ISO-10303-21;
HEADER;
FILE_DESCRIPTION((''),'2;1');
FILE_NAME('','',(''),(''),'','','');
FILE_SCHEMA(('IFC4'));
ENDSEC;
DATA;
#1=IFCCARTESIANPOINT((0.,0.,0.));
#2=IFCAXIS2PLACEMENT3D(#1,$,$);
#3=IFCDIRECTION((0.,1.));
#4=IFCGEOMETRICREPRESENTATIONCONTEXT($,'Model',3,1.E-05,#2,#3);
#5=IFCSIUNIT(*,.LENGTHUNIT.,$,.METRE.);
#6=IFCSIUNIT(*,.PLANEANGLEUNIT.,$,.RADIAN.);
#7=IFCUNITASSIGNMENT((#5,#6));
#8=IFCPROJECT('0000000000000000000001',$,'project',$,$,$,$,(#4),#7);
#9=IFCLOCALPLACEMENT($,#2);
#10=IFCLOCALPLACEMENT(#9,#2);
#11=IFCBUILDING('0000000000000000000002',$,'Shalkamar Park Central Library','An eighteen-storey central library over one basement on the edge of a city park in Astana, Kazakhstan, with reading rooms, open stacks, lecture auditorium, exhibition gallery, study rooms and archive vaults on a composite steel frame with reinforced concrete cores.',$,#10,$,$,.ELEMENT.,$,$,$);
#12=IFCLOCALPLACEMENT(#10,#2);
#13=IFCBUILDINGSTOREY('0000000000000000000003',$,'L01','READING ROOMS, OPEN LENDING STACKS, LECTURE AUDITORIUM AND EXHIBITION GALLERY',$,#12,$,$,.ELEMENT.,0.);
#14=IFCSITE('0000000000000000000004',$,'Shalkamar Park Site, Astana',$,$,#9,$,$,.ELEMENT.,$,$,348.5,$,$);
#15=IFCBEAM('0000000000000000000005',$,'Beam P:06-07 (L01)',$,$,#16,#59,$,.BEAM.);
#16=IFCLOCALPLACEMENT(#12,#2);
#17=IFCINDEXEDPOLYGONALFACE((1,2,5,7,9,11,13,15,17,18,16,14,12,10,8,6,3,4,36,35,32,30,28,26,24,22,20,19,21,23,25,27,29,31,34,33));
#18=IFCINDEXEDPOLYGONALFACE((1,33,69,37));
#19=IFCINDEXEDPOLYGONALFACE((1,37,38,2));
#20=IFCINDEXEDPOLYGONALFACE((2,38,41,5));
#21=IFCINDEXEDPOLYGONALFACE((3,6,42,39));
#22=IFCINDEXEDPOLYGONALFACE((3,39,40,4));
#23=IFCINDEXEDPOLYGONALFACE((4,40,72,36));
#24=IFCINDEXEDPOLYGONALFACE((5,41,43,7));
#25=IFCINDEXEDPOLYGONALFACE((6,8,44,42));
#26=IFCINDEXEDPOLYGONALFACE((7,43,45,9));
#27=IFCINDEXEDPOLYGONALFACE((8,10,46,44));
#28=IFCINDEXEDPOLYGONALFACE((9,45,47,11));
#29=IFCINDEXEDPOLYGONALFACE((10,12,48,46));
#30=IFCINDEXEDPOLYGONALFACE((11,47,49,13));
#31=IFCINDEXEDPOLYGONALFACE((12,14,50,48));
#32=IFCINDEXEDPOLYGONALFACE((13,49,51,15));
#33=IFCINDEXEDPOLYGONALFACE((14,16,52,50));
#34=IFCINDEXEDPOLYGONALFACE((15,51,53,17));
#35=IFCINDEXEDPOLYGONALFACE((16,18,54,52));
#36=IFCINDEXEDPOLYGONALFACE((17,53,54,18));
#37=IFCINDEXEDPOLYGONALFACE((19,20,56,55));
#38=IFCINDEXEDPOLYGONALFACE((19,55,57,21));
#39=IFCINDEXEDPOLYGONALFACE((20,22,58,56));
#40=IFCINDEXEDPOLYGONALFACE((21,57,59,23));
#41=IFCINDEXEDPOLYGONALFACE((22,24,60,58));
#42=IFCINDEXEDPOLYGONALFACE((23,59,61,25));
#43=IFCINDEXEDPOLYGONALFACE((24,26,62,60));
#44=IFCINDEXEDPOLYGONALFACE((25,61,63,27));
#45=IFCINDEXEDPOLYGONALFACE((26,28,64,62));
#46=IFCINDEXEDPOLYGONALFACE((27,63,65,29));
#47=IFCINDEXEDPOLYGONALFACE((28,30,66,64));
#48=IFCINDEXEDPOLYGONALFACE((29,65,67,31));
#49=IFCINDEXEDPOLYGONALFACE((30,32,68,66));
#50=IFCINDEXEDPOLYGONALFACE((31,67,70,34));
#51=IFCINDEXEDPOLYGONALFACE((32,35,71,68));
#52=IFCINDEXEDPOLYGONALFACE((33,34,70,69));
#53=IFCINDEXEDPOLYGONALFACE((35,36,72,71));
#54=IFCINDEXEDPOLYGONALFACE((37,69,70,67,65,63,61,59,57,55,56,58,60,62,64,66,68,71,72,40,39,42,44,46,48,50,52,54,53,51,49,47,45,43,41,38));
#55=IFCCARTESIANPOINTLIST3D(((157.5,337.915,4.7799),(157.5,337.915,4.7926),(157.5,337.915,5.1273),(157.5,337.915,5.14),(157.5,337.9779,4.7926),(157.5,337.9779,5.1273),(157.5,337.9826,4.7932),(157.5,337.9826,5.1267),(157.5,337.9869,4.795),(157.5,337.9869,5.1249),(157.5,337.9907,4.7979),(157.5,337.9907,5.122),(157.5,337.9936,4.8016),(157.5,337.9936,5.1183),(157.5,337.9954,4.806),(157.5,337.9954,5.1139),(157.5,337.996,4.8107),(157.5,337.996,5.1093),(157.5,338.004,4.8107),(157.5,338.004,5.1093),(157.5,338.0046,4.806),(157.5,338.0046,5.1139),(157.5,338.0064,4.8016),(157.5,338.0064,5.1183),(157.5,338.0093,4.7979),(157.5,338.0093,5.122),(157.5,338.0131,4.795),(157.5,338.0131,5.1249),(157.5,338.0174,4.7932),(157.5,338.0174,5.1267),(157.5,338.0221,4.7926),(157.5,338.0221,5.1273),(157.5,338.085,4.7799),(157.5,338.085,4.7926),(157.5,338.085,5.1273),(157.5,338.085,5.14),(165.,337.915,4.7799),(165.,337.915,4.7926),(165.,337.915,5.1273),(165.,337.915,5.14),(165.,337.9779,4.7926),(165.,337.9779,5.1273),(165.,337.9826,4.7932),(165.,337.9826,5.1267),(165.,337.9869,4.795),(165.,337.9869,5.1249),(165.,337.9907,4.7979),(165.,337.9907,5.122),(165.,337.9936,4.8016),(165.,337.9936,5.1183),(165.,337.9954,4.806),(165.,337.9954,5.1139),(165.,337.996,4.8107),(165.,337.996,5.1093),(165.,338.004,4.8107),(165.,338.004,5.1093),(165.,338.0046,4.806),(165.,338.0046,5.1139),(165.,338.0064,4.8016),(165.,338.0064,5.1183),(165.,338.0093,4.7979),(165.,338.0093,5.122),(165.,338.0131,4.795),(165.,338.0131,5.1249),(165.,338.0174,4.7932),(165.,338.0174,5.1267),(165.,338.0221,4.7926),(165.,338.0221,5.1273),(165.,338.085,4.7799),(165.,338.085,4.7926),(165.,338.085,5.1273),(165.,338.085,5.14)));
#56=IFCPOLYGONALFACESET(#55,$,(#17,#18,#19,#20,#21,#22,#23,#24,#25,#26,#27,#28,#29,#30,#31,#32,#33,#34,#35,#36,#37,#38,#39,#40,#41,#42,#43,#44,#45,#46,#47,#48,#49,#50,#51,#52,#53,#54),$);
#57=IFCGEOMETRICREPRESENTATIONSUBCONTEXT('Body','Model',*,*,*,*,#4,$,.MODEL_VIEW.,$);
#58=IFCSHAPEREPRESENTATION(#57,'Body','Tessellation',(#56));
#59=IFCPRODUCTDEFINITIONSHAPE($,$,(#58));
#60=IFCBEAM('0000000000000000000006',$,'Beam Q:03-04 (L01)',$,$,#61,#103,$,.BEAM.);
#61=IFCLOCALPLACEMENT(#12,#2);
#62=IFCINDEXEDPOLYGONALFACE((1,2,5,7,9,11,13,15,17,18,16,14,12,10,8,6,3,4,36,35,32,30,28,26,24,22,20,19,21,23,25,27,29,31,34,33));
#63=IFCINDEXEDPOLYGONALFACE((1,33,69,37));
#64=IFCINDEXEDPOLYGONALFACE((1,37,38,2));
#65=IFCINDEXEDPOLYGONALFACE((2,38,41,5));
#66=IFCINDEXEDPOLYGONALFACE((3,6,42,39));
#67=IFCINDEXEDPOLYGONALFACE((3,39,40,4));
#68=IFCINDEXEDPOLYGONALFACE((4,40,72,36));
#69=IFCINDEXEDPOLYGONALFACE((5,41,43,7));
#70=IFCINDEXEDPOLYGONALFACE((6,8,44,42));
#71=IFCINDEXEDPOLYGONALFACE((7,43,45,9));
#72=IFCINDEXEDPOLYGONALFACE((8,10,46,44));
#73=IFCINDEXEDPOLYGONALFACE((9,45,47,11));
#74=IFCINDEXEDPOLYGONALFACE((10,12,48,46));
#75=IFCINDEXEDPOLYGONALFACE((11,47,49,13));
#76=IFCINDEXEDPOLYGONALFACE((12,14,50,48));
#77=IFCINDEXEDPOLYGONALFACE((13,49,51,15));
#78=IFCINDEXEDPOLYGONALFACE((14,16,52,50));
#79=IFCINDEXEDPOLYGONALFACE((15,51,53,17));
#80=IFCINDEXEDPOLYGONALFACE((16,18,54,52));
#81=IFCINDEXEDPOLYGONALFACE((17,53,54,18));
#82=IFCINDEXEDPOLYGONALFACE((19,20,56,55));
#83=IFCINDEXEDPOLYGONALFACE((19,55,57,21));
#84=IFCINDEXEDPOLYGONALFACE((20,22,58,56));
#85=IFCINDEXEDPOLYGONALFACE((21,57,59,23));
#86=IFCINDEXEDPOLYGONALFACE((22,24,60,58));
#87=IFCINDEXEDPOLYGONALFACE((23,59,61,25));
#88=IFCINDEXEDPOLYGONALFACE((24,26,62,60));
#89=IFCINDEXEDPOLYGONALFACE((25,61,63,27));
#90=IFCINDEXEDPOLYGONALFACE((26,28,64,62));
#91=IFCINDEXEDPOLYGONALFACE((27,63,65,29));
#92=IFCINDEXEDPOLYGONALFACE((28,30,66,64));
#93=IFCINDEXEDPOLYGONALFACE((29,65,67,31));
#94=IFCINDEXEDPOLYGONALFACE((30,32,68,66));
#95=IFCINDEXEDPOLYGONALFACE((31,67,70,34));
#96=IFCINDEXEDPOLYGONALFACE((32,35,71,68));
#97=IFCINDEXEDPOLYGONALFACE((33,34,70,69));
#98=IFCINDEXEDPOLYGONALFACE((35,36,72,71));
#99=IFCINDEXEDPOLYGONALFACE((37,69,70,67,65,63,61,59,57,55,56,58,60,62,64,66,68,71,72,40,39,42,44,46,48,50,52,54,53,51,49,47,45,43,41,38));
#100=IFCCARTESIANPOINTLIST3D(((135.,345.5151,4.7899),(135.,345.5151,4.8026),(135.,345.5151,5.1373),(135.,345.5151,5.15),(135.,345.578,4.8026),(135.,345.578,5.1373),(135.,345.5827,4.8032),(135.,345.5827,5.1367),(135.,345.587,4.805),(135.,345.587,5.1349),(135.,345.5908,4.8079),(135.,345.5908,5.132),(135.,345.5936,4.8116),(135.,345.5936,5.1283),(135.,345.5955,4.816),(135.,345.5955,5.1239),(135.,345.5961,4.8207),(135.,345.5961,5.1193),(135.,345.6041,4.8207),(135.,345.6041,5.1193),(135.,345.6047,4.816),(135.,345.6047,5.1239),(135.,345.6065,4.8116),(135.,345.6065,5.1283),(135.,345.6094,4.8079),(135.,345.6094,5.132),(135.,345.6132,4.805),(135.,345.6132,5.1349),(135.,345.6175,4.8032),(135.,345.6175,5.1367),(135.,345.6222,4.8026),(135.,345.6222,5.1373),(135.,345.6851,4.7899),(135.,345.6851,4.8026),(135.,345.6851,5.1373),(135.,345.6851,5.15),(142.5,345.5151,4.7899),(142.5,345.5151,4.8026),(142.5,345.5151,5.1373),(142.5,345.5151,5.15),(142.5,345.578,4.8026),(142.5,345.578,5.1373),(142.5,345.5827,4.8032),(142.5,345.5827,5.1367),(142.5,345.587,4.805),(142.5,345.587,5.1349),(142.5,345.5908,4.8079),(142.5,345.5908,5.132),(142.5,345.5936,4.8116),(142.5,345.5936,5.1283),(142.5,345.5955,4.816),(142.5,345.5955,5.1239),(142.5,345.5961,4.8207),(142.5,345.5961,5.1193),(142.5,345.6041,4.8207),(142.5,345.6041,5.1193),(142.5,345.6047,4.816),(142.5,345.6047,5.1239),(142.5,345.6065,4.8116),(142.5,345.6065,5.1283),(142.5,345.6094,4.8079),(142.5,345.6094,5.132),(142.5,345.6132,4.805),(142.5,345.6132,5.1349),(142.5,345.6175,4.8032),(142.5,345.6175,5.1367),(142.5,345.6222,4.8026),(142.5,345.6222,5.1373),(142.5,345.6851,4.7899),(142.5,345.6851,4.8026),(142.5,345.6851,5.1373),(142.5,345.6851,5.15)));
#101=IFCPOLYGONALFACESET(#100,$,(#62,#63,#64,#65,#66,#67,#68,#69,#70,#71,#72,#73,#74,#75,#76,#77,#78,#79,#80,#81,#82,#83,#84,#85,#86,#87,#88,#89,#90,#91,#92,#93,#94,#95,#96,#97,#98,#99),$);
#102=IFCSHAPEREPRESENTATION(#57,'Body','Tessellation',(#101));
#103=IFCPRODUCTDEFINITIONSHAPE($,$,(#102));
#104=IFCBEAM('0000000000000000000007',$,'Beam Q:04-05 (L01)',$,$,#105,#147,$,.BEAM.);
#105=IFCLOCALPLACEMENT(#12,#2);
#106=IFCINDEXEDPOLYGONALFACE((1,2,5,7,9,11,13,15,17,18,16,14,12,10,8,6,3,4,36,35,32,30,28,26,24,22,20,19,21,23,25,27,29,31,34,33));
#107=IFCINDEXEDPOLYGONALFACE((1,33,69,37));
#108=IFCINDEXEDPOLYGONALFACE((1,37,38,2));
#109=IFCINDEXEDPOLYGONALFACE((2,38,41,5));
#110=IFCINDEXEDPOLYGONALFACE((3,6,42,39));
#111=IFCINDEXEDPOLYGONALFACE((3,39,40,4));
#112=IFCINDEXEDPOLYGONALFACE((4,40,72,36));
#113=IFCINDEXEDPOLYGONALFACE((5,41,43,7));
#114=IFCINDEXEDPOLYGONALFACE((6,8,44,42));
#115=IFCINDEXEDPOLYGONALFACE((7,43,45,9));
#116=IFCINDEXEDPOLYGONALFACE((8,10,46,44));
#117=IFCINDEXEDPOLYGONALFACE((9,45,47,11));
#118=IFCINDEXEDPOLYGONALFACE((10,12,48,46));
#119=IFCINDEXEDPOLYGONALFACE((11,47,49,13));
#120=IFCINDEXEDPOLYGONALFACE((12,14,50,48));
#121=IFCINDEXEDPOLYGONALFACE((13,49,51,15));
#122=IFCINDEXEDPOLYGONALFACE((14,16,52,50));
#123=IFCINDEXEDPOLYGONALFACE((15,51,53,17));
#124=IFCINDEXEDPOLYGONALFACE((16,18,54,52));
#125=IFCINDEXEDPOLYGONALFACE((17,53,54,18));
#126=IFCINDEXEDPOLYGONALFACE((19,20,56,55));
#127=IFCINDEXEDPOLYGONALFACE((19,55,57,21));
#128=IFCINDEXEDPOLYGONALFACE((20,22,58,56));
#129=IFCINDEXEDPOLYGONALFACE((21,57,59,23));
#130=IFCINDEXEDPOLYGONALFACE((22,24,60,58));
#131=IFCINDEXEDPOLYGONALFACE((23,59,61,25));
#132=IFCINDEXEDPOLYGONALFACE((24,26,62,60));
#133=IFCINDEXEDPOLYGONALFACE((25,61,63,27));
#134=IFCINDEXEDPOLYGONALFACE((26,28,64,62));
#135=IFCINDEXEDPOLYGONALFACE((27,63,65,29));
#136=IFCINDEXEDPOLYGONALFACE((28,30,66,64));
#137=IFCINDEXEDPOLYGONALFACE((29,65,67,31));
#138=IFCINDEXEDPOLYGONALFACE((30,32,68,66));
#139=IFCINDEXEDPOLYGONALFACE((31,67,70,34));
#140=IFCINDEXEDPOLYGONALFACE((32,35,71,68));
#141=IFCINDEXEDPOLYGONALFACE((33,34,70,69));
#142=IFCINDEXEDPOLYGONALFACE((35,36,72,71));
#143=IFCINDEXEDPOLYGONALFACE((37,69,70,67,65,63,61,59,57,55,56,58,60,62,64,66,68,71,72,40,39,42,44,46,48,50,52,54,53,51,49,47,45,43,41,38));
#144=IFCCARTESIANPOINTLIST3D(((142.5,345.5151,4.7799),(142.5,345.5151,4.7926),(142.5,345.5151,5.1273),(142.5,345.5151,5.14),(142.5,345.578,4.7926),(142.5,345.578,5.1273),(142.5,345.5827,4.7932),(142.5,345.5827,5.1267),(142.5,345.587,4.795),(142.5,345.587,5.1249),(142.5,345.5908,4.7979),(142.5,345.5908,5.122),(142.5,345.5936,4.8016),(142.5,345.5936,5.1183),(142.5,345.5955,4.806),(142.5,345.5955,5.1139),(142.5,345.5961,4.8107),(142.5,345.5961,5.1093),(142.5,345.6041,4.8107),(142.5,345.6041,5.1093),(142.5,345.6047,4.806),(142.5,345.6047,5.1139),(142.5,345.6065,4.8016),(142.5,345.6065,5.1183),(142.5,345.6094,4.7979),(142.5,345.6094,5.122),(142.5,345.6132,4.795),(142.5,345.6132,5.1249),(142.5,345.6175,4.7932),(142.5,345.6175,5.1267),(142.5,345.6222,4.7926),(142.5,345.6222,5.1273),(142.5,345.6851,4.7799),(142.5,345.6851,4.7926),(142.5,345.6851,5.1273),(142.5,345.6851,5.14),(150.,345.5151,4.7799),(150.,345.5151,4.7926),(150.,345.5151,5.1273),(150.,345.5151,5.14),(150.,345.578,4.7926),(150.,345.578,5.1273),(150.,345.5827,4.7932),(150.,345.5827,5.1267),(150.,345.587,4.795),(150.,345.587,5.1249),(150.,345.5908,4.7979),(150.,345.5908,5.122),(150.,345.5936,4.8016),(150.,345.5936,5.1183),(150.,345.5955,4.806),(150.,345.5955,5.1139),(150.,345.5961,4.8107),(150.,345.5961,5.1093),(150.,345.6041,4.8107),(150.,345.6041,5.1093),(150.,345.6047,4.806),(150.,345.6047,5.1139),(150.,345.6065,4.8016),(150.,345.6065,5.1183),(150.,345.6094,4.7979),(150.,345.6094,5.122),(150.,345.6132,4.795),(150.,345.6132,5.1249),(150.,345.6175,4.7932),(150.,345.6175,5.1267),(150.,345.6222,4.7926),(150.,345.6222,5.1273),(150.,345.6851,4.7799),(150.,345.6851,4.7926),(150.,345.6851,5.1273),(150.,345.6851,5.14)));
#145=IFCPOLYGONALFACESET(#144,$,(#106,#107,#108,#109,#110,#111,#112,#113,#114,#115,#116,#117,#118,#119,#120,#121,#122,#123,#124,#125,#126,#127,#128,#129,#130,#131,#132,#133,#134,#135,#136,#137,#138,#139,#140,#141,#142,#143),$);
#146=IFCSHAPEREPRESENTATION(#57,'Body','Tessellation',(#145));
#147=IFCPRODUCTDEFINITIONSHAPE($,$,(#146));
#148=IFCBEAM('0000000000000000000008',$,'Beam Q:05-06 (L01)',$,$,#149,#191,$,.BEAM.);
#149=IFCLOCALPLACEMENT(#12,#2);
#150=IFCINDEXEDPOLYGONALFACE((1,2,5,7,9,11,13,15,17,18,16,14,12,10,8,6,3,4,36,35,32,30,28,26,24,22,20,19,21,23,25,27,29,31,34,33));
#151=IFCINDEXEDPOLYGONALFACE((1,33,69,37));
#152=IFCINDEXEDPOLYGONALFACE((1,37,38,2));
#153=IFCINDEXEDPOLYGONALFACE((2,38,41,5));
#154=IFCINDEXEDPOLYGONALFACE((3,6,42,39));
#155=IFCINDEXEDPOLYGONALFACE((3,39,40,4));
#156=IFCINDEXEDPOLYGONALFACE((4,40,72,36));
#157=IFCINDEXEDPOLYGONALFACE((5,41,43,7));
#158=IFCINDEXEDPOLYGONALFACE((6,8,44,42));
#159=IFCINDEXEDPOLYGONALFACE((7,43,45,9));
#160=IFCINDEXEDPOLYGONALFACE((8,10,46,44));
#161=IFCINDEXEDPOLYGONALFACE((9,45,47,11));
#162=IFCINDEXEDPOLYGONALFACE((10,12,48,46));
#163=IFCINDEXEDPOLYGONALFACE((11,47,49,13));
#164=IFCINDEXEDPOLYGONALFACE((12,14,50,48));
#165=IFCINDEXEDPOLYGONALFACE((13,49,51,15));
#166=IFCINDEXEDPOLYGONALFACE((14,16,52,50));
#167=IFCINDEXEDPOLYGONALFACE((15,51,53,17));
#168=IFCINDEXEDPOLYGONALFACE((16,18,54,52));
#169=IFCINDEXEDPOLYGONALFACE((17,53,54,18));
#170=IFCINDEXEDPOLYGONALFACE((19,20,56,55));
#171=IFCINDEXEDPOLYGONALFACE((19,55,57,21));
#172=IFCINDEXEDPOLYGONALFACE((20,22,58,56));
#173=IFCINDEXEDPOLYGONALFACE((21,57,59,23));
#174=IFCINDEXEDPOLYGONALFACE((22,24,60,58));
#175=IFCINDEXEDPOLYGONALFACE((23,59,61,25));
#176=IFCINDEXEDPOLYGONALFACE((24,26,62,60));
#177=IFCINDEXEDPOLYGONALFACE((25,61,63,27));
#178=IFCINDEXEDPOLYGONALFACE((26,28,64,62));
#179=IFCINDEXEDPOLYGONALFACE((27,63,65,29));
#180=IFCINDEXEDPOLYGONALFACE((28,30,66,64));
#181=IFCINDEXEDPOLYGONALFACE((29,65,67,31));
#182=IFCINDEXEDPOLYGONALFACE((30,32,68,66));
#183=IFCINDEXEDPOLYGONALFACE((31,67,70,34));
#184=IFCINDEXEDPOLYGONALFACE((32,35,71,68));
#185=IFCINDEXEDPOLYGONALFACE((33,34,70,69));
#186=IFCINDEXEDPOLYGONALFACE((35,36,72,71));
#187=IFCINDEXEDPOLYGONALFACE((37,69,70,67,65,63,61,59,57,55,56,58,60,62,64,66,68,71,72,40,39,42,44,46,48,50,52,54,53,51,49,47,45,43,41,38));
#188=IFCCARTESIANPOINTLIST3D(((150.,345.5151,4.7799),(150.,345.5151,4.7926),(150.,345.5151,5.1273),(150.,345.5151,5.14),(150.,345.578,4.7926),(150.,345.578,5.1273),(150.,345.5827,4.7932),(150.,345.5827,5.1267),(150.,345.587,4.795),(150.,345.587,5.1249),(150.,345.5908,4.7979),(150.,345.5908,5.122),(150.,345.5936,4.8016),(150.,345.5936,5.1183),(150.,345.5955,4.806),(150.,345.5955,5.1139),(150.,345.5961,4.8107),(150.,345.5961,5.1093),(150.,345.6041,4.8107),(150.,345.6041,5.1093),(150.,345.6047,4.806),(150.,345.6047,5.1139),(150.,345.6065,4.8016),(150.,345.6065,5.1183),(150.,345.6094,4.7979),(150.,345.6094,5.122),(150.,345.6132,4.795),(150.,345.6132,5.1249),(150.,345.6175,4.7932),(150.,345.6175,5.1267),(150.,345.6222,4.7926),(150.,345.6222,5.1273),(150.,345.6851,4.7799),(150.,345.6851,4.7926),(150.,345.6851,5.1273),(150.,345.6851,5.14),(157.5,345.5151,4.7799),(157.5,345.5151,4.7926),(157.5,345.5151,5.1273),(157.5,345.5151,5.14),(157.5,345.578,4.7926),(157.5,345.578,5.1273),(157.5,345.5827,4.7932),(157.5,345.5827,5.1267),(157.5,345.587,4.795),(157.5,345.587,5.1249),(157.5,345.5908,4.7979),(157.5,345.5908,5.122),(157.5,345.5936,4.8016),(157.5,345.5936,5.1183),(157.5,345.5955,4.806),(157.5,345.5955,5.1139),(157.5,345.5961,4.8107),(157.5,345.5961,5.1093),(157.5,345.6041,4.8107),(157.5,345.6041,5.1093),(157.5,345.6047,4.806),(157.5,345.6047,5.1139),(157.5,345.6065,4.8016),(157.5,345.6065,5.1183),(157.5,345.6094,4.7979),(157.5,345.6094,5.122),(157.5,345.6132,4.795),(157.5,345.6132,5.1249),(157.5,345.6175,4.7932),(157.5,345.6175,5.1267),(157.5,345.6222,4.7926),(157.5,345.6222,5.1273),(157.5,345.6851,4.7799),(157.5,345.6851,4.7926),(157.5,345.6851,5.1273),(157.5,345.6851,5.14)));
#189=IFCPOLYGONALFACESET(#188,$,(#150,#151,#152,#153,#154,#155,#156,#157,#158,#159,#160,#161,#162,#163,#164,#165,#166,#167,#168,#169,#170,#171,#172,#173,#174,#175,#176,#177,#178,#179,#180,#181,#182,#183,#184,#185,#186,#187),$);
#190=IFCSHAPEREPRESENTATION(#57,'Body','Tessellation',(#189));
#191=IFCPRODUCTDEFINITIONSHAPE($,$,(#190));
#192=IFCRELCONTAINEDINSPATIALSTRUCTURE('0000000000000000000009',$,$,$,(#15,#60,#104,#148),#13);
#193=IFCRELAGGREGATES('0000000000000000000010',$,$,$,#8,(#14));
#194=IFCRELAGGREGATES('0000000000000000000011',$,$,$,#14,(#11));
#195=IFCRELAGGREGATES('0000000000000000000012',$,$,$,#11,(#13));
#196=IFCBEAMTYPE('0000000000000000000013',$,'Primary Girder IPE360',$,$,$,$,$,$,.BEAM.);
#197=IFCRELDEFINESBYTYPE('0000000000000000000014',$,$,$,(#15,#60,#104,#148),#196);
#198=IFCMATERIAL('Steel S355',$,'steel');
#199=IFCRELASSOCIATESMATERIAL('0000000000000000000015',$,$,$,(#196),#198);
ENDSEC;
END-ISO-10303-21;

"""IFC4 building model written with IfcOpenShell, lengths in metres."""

from ifc_helpers import new_model, si_unit, direction, frame, origin, origin_2d, place, context, subcontext, project, spatial, i_section, extrude, material, material_profile, profile_set, type_object, element, save


model = new_model("IFC4")

# Units and contexts
model_context = context("Model", 3, precision=1e-05, world=origin(), true_north=direction((0.0, 1.0)))
body_context = subcontext(model_context, "Body", "Model", "MODEL_VIEW")
ifc_project = project(units=[si_unit("LENGTHUNIT", "METRE"), si_unit("PLANEANGLEUNIT", "RADIAN")], contexts=[model_context])

# Site, building, storey
site_placement = place(None, origin())
site = spatial("IfcSite", under=ifc_project, at=site_placement, Name="Shalkamar Park Site, Astana", CompositionType="ELEMENT", RefElevation=348.5)
building_placement = place(site_placement, origin())
building = spatial("IfcBuilding", under=site, at=building_placement, Name="Shalkamar Park Central Library", Description="An eighteen-storey central library over one basement on the edge of a city park in Astana, Kazakhstan, with reading rooms, open stacks, lecture auditorium, exhibition gallery, study rooms and archive vaults on a composite steel frame with reinforced concrete cores.", CompositionType="ELEMENT")
storey_placement = place(building_placement, origin())
storey = spatial("IfcBuildingStorey", under=building, at=storey_placement, Name="L01", Description="READING ROOMS, OPEN LENDING STACKS, LECTURE AUDITORIUM AND EXHIBITION GALLERY", CompositionType="ELEMENT", Elevation=0.0)

# Shared definitions
ifc_material_1 = material(Name="Steel S355", Category="steel")

# Beams
ifc_material_profile_1 = material_profile(ifc_material_1, i_section(OverallWidth=0.1699, OverallDepth=0.3601, WebThickness=0.0081, FlangeThickness=0.0127, FilletRadius=0.0181, at=origin_2d()), Name="IPE 360")
ifc_profile_set_1 = profile_set([ifc_material_profile_1], Name="Steel S355")
beam_type_1 = type_object("IfcBeamType", Name="Primary Girder IPE360", PredefinedType="BEAM", material=ifc_profile_set_1)
for number, where, z_axis, x_axis, name in (
    (1, (157.5, 338.0, 4.96), (1.0, 0.0, 0.0), (0.0, 1.0, 0.0), "Beam P:06-07 (L01)"),
    (2, (135.0, 345.6001, 4.97), (1.0, 0.0, 0.0), (0.0, 1.0, 0.0), "Beam Q:03-04 (L01)"),
    (3, (142.5, 345.6001, 4.96), (1.0, 0.0, 0.0), (0.0, 1.0, 0.0), "Beam Q:04-05 (L01)"),
    (4, (150.0, 345.6001, 4.96), (1.0, 0.0, 0.0), (0.0, 1.0, 0.0), "Beam Q:05-06 (L01)"),
):
    element("IfcBeam", number, at=place(storey_placement, frame(where, z_axis=z_axis, x_axis=x_axis)), inside=storey, type_object=beam_type_1, Name=name, PredefinedType="BEAM", context=body_context, shape_type="SweptSolid", body=[
        extrude(i_section(OverallWidth=0.1699, OverallDepth=0.3601, WebThickness=0.0081, FlangeThickness=0.0127, FilletRadius=0.0181, at=origin_2d()), origin(), (0.0, 0.0, 1.0), 7.5),
    ])

save(model, "model.ifc")
